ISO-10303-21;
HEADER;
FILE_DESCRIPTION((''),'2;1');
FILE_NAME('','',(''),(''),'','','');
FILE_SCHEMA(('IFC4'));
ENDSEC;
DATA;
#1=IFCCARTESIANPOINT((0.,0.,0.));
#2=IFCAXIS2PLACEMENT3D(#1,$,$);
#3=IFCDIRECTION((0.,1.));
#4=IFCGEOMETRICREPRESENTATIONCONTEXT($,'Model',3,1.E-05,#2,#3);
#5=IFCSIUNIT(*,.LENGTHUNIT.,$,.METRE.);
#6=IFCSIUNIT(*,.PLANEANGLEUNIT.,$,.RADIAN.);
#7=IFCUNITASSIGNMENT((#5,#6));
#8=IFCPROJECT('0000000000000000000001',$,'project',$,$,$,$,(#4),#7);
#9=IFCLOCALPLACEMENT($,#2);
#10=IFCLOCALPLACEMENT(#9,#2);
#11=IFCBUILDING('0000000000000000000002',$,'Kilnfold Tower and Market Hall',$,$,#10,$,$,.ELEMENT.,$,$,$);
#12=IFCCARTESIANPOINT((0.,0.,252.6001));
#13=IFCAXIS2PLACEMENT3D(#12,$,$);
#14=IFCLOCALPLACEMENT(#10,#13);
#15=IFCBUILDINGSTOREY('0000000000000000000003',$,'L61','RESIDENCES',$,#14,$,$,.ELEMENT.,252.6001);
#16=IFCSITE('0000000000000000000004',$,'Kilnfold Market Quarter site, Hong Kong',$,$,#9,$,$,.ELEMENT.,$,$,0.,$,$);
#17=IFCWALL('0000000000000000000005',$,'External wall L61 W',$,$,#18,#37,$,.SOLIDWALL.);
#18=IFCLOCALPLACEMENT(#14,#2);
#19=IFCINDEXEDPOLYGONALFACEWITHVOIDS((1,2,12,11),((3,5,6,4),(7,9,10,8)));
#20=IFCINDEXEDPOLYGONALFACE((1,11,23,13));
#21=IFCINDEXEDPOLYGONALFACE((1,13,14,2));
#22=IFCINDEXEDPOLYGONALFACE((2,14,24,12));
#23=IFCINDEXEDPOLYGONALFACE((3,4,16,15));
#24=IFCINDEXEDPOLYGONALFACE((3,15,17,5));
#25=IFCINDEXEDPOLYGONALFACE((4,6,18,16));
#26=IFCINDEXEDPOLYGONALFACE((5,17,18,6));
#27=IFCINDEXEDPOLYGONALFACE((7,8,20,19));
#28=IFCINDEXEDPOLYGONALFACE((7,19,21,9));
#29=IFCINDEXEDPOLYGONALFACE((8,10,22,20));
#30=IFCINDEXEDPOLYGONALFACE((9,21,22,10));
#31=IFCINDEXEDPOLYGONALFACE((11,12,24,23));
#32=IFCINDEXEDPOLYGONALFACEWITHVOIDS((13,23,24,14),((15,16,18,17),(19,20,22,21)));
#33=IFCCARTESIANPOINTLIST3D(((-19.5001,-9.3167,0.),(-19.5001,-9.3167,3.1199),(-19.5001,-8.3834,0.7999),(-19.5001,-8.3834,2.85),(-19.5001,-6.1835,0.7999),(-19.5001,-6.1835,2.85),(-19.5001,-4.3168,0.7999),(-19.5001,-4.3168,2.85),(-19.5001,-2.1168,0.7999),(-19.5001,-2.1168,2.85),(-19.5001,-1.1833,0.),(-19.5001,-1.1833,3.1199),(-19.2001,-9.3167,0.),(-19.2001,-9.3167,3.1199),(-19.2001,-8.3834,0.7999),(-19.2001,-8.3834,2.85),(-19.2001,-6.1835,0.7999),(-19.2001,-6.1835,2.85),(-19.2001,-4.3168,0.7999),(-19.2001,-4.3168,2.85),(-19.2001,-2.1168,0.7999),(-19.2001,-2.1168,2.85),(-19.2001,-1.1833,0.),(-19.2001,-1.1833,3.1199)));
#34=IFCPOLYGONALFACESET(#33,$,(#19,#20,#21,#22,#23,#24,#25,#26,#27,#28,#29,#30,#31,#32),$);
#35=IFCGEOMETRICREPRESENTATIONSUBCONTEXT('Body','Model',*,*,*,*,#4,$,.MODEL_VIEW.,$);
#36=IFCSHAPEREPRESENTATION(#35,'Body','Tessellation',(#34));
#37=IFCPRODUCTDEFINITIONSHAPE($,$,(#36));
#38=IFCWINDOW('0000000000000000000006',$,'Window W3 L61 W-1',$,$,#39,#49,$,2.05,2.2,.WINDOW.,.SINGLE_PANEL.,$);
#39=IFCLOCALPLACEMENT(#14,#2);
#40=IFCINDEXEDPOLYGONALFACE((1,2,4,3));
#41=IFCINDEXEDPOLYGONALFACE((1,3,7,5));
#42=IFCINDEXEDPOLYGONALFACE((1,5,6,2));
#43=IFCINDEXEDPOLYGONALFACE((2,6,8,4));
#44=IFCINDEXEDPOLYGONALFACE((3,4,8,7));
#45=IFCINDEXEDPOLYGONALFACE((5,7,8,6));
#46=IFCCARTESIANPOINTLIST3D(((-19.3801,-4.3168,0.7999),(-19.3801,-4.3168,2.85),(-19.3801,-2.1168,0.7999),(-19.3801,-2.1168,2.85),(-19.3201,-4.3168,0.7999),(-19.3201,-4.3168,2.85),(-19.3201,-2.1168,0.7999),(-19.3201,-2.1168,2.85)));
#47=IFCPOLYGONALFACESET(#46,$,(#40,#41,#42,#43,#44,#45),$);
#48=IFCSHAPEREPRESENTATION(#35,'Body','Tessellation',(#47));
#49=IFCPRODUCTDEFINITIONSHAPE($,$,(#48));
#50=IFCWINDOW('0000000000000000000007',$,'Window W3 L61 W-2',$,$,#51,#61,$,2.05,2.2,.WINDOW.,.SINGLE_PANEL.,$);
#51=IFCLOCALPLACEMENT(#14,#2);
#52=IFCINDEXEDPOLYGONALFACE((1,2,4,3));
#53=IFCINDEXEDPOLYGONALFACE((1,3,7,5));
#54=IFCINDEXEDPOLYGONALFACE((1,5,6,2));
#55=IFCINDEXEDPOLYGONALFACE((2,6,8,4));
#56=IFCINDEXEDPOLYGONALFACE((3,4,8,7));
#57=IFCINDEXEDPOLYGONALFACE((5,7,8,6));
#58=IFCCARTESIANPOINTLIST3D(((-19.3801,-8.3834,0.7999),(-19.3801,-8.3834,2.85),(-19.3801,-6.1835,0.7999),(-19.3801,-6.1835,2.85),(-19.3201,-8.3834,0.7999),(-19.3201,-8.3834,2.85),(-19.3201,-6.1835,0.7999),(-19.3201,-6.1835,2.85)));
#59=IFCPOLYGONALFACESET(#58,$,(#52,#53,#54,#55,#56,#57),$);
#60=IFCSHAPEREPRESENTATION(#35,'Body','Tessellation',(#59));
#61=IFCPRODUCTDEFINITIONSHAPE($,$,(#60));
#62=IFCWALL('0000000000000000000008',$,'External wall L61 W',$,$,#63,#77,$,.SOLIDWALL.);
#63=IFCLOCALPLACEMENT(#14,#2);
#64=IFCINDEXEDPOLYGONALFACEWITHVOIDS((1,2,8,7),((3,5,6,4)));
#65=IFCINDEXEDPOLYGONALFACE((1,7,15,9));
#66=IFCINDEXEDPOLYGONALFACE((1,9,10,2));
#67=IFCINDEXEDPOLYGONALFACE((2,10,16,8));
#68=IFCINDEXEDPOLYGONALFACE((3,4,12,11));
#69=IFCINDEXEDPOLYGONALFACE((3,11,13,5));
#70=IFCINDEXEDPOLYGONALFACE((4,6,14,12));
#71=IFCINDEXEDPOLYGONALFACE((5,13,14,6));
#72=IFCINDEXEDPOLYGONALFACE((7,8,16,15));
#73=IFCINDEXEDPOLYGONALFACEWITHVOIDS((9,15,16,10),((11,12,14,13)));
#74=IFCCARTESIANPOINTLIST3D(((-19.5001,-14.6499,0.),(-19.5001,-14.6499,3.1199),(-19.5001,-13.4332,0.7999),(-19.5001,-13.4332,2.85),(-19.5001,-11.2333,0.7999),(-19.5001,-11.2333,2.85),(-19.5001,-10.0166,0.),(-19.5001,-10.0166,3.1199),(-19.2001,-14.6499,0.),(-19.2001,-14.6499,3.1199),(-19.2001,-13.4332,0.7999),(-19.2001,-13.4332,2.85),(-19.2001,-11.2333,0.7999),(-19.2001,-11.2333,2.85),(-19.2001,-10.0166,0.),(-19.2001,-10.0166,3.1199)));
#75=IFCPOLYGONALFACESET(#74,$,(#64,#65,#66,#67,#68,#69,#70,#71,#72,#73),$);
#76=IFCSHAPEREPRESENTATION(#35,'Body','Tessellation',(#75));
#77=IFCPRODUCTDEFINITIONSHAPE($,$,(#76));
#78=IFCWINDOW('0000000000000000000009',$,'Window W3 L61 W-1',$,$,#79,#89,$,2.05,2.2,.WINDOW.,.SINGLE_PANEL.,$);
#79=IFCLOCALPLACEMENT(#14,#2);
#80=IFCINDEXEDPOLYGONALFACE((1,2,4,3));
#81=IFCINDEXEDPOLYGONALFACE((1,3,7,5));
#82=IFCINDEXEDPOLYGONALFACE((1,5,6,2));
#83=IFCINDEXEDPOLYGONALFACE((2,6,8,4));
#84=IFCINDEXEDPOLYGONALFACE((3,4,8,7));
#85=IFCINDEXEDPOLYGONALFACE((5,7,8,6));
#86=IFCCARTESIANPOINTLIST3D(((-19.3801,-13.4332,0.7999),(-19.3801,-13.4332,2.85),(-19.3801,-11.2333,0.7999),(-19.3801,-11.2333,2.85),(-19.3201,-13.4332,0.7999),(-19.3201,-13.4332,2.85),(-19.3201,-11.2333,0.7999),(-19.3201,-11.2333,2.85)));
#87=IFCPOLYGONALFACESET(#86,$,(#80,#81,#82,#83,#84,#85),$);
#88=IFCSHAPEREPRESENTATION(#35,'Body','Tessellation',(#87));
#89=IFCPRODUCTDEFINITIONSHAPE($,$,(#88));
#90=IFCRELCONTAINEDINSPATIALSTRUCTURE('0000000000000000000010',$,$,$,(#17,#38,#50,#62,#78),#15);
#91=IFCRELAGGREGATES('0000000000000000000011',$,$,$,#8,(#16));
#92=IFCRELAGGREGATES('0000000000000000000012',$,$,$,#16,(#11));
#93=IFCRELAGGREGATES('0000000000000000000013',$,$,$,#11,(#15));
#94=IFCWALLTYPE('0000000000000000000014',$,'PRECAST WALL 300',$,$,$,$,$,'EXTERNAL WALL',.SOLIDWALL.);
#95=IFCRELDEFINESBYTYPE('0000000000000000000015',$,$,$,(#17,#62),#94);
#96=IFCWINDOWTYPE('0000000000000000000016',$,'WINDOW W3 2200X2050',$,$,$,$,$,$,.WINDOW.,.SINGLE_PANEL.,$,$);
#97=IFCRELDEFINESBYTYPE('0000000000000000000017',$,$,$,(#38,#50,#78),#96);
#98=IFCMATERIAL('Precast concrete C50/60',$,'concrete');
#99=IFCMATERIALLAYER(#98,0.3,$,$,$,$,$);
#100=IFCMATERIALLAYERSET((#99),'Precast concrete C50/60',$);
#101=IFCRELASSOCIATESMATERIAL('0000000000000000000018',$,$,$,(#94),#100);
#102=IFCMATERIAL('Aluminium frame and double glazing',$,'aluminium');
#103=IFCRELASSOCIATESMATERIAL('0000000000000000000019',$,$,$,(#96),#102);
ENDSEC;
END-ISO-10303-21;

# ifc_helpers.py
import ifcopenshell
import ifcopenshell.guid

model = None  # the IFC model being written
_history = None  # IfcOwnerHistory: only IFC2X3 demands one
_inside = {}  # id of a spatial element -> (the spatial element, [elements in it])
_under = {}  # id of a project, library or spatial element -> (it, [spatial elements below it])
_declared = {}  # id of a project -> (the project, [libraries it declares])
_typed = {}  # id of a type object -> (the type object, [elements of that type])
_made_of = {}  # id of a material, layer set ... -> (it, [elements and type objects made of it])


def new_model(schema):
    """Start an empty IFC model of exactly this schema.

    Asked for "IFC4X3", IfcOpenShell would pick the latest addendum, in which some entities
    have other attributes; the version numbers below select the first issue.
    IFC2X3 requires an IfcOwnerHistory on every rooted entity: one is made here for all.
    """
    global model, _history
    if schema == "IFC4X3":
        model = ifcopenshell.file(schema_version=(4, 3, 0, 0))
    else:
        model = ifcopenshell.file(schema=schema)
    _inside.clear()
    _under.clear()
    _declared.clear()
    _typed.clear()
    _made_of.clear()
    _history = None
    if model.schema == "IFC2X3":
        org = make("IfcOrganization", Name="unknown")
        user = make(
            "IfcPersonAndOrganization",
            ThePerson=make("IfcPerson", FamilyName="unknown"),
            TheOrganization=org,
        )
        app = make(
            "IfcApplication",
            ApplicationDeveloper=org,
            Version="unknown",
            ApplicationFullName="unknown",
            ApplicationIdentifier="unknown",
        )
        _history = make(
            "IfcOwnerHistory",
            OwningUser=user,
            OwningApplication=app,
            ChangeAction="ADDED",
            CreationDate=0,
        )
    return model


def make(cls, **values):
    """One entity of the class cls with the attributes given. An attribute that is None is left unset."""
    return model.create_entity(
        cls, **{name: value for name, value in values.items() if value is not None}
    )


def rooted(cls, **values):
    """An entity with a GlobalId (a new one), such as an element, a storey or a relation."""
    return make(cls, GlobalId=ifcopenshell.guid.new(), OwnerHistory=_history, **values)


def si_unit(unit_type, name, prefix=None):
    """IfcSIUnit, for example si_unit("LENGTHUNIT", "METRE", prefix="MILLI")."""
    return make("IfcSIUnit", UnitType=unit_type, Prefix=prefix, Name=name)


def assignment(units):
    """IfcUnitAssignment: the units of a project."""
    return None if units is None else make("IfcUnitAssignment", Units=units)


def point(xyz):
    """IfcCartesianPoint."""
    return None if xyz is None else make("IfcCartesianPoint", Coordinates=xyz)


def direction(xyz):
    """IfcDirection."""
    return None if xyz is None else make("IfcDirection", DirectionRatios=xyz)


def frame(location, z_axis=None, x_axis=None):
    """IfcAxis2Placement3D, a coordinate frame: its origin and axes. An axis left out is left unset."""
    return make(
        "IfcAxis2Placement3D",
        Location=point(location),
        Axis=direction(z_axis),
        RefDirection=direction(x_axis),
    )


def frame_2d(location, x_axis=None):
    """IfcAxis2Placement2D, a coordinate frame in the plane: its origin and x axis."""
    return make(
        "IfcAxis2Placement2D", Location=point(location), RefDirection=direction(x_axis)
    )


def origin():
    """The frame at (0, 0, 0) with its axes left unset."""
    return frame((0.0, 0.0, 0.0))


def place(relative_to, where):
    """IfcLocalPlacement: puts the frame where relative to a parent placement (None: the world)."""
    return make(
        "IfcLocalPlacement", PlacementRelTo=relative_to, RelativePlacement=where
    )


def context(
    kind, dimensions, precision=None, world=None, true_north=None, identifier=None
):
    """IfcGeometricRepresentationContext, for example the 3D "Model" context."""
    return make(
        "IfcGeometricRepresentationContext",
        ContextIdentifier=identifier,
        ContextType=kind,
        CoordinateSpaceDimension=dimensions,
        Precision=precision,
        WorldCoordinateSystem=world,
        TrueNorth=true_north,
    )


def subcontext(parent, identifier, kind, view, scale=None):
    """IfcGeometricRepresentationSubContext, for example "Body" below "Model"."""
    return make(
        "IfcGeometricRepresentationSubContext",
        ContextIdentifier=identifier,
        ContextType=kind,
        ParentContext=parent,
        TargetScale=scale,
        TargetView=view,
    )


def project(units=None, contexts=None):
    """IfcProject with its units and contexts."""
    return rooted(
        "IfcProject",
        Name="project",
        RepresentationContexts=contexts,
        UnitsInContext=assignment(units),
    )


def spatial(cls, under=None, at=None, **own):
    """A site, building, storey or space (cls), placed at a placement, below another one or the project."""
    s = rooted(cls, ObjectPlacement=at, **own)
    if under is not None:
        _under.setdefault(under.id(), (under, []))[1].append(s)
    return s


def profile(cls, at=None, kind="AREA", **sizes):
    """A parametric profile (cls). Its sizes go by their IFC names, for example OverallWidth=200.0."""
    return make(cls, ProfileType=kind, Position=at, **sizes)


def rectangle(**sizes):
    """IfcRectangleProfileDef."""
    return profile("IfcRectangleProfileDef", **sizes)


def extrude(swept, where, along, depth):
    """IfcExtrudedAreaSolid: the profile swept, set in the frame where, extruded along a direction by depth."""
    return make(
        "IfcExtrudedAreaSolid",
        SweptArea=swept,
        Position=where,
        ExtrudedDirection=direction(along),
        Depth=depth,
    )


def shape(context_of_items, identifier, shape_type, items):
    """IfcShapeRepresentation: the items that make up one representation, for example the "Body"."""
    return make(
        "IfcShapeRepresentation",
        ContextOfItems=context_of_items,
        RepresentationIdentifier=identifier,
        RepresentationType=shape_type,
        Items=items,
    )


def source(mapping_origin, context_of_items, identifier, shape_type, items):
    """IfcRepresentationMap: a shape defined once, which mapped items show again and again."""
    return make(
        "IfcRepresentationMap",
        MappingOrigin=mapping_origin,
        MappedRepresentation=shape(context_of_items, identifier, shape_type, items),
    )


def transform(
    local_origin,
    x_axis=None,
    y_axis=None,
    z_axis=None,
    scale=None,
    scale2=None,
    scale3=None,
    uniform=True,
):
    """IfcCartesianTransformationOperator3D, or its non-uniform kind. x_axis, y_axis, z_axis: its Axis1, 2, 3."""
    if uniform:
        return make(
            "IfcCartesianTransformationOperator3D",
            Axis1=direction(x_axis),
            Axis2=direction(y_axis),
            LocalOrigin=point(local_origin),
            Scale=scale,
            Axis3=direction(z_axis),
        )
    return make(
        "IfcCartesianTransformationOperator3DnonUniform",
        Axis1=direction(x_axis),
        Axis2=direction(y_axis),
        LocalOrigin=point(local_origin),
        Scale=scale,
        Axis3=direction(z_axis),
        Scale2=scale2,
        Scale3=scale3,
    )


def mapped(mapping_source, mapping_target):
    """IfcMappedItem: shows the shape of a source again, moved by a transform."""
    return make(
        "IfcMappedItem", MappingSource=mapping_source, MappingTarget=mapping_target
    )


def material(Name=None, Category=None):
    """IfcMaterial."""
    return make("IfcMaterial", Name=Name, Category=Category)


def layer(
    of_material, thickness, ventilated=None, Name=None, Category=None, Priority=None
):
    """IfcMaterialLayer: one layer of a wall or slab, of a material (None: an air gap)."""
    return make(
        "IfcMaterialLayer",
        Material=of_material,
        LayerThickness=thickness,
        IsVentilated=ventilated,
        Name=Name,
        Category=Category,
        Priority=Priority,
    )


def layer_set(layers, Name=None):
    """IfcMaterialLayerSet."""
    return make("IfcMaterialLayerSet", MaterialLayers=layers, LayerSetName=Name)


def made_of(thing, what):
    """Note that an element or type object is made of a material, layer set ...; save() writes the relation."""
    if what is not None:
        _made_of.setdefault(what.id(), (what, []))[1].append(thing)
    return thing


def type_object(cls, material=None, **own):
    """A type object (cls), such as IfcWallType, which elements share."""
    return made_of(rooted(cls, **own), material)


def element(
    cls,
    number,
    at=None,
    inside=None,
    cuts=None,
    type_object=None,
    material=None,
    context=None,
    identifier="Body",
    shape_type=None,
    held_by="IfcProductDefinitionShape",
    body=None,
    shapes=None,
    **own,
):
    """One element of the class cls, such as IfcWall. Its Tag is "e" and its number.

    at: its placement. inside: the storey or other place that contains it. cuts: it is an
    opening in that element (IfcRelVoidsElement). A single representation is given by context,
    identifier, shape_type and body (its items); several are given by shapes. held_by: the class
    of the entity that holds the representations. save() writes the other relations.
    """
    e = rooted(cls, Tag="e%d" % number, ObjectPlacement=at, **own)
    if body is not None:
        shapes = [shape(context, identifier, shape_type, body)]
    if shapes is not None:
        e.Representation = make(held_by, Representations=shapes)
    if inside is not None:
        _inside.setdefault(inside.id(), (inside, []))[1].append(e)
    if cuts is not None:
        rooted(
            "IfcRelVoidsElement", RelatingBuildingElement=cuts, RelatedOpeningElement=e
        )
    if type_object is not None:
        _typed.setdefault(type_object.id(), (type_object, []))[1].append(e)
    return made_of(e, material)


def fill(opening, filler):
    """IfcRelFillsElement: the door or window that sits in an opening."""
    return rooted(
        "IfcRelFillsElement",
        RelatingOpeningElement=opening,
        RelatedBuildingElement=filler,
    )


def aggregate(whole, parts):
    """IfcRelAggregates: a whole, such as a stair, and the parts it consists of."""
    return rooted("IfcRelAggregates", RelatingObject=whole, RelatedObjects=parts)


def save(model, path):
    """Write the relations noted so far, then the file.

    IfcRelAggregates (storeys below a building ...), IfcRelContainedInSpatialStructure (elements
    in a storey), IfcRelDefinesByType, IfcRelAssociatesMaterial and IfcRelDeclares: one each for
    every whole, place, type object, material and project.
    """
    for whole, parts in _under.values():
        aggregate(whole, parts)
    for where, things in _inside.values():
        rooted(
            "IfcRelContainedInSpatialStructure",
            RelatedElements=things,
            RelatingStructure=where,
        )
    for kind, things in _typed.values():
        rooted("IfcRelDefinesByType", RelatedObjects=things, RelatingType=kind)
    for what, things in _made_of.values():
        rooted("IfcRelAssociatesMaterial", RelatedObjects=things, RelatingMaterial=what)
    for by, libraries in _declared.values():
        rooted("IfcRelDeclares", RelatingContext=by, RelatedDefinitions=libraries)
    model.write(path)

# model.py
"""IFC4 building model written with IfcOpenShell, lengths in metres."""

from ifc_helpers import new_model, si_unit, direction, frame, frame_2d, origin, place, context, subcontext, project, spatial, rectangle, extrude, source, transform, mapped, material, layer, layer_set, type_object, element, fill, save


model = new_model("IFC4")

# Units and contexts
model_context = context("Model", 3, precision=1e-05, world=origin(), true_north=direction((0.0, 1.0)))
body_context = subcontext(model_context, "Body", "Model", "MODEL_VIEW")
ifc_project = project(units=[si_unit("LENGTHUNIT", "METRE"), si_unit("PLANEANGLEUNIT", "RADIAN")], contexts=[model_context])

# Site, building, storey
site_placement = place(None, origin())
site = spatial("IfcSite", under=ifc_project, at=site_placement, Name="Kilnfold Market Quarter site, Hong Kong", CompositionType="ELEMENT", RefElevation=0.0)
building_placement = place(site_placement, origin())
building = spatial("IfcBuilding", under=site, at=building_placement, Name="Kilnfold Tower and Market Hall", CompositionType="ELEMENT")
storey_placement = place(building_placement, frame((0.0, 0.0, 252.6001)))
storey = spatial("IfcBuildingStorey", under=building, at=storey_placement, Name="L61", Description="RESIDENCES", CompositionType="ELEMENT", Elevation=252.6001)

# Wall, openings, windows
ifc_material_1 = material(Name="Precast concrete C50/60", Category="concrete")
ifc_layer_1 = layer(ifc_material_1, 0.3)
ifc_layer_set_1 = layer_set([ifc_layer_1], Name="Precast concrete C50/60")
wall_type_1 = type_object("IfcWallType", Name="PRECAST WALL 300", ElementType="EXTERNAL WALL", PredefinedType="SOLIDWALL", material=ifc_layer_set_1)
shared_shape_1 = source(origin(), body_context, "Body", "SweptSolid", [
    extrude(rectangle(XDim=8.1333, YDim=0.3, at=frame_2d((4.0667, 0.0))), origin(), (0.0, 0.0, 1.0), 3.1199),
])
wall_1_placement = place(storey_placement, frame((-19.3501, -1.1833, 0.0), z_axis=(0.0, 0.0, 1.0), x_axis=(0.0, -1.0, 0.0)))
wall_1 = element("IfcWall", 1, at=wall_1_placement, inside=storey, type_object=wall_type_1, Name="External wall L61 W", PredefinedType="SOLIDWALL", context=body_context, shape_type="MappedRepresentation", body=[
    mapped(shared_shape_1, transform((0.0, 0.0, 0.0))),
])
opening_1_placement = place(wall_1_placement, frame((0.9333, 0.0, 0.8)))
opening_1 = element("IfcOpeningElement", 2, at=opening_1_placement, cuts=wall_1, PredefinedType="OPENING", context=body_context, shape_type="SweptSolid", body=[
    extrude(rectangle(XDim=2.2, YDim=2.05, at=frame_2d((1.1001, 1.0249))), frame((0.0, 0.1602, 0.0), z_axis=(0.0, -1.0, 0.0), x_axis=(1.0, 0.0, 0.0)), (0.0, 0.0, 1.0), 0.3201),
])
opening_2_placement = place(wall_1_placement, frame((5.0, 0.0, 0.8)))
opening_2 = element("IfcOpeningElement", 3, at=opening_2_placement, cuts=wall_1, PredefinedType="OPENING", context=body_context, shape_type="SweptSolid", body=[
    extrude(rectangle(XDim=2.2, YDim=2.05, at=frame_2d((1.1001, 1.0249))), frame((0.0, 0.1602, 0.0), z_axis=(0.0, -1.0, 0.0), x_axis=(1.0, 0.0, 0.0)), (0.0, 0.0, 1.0), 0.3201),
])
ifc_material_2 = material(Name="Aluminium frame and double glazing", Category="aluminium")
window_type = type_object("IfcWindowType", Name="WINDOW W3 2200X2050", PartitioningType="SINGLE_PANEL", PredefinedType="WINDOW", material=ifc_material_2)
window_1_placement = place(opening_1_placement, origin())
window_1 = element("IfcWindow", 4, at=window_1_placement, inside=storey, type_object=window_type, Name="Window W3 L61 W-1", OverallHeight=2.05, OverallWidth=2.2, PartitioningType="SINGLE_PANEL", PredefinedType="WINDOW", context=body_context, shape_type="SweptSolid", body=[
    extrude(rectangle(XDim=2.2, YDim=2.05, at=frame_2d((1.1001, 1.0249))), frame((0.0, 0.03, 0.0), z_axis=(0.0, -1.0, 0.0), x_axis=(1.0, 0.0, 0.0)), (0.0, 0.0, 1.0), 0.0601),
])
fill(opening_1, window_1)
window_2_placement = place(opening_2_placement, origin())
window_2 = element("IfcWindow", 5, at=window_2_placement, inside=storey, type_object=window_type, Name="Window W3 L61 W-2", OverallHeight=2.05, OverallWidth=2.2, PartitioningType="SINGLE_PANEL", PredefinedType="WINDOW", context=body_context, shape_type="SweptSolid", body=[
    extrude(rectangle(XDim=2.2, YDim=2.05, at=frame_2d((1.1001, 1.0249))), frame((0.0, 0.03, 0.0), z_axis=(0.0, -1.0, 0.0), x_axis=(1.0, 0.0, 0.0)), (0.0, 0.0, 1.0), 0.0601),
])
fill(opening_2, window_2)

# Wall, opening, window
shared_shape_2 = source(origin(), body_context, "Body", "SweptSolid", [
    extrude(rectangle(XDim=4.6333, YDim=0.3, at=frame_2d((2.3167, 0.0))), origin(), (0.0, 0.0, 1.0), 3.1199),
])
wall_2_placement = place(storey_placement, frame((-19.3501, -10.0166, 0.0), z_axis=(0.0, 0.0, 1.0), x_axis=(0.0, -1.0, 0.0)))
wall_2 = element("IfcWall", 6, at=wall_2_placement, inside=storey, type_object=wall_type_1, Name="External wall L61 W", PredefinedType="SOLIDWALL", context=body_context, shape_type="MappedRepresentation", body=[
    mapped(shared_shape_2, transform((0.0, 0.0, 0.0))),
])
opening_3_placement = place(wall_2_placement, frame((1.2166, 0.0, 0.8)))
opening_3 = element("IfcOpeningElement", 7, at=opening_3_placement, cuts=wall_2, PredefinedType="OPENING", context=body_context, shape_type="SweptSolid", body=[
    extrude(rectangle(XDim=2.2, YDim=2.05, at=frame_2d((1.1001, 1.0249))), frame((0.0, 0.1602, 0.0), z_axis=(0.0, -1.0, 0.0), x_axis=(1.0, 0.0, 0.0)), (0.0, 0.0, 1.0), 0.3201),
])
window_3_placement = place(opening_3_placement, origin())
window_3 = element("IfcWindow", 8, at=window_3_placement, inside=storey, type_object=window_type, Name="Window W3 L61 W-1", OverallHeight=2.05, OverallWidth=2.2, PartitioningType="SINGLE_PANEL", PredefinedType="WINDOW", context=body_context, shape_type="SweptSolid", body=[
    extrude(rectangle(XDim=2.2, YDim=2.05, at=frame_2d((1.1001, 1.0249))), frame((0.0, 0.03, 0.0), z_axis=(0.0, -1.0, 0.0), x_axis=(1.0, 0.0, 0.0)), (0.0, 0.0, 1.0), 0.0601),
])
fill(opening_3, window_3)

save(model, "model.ifc")
